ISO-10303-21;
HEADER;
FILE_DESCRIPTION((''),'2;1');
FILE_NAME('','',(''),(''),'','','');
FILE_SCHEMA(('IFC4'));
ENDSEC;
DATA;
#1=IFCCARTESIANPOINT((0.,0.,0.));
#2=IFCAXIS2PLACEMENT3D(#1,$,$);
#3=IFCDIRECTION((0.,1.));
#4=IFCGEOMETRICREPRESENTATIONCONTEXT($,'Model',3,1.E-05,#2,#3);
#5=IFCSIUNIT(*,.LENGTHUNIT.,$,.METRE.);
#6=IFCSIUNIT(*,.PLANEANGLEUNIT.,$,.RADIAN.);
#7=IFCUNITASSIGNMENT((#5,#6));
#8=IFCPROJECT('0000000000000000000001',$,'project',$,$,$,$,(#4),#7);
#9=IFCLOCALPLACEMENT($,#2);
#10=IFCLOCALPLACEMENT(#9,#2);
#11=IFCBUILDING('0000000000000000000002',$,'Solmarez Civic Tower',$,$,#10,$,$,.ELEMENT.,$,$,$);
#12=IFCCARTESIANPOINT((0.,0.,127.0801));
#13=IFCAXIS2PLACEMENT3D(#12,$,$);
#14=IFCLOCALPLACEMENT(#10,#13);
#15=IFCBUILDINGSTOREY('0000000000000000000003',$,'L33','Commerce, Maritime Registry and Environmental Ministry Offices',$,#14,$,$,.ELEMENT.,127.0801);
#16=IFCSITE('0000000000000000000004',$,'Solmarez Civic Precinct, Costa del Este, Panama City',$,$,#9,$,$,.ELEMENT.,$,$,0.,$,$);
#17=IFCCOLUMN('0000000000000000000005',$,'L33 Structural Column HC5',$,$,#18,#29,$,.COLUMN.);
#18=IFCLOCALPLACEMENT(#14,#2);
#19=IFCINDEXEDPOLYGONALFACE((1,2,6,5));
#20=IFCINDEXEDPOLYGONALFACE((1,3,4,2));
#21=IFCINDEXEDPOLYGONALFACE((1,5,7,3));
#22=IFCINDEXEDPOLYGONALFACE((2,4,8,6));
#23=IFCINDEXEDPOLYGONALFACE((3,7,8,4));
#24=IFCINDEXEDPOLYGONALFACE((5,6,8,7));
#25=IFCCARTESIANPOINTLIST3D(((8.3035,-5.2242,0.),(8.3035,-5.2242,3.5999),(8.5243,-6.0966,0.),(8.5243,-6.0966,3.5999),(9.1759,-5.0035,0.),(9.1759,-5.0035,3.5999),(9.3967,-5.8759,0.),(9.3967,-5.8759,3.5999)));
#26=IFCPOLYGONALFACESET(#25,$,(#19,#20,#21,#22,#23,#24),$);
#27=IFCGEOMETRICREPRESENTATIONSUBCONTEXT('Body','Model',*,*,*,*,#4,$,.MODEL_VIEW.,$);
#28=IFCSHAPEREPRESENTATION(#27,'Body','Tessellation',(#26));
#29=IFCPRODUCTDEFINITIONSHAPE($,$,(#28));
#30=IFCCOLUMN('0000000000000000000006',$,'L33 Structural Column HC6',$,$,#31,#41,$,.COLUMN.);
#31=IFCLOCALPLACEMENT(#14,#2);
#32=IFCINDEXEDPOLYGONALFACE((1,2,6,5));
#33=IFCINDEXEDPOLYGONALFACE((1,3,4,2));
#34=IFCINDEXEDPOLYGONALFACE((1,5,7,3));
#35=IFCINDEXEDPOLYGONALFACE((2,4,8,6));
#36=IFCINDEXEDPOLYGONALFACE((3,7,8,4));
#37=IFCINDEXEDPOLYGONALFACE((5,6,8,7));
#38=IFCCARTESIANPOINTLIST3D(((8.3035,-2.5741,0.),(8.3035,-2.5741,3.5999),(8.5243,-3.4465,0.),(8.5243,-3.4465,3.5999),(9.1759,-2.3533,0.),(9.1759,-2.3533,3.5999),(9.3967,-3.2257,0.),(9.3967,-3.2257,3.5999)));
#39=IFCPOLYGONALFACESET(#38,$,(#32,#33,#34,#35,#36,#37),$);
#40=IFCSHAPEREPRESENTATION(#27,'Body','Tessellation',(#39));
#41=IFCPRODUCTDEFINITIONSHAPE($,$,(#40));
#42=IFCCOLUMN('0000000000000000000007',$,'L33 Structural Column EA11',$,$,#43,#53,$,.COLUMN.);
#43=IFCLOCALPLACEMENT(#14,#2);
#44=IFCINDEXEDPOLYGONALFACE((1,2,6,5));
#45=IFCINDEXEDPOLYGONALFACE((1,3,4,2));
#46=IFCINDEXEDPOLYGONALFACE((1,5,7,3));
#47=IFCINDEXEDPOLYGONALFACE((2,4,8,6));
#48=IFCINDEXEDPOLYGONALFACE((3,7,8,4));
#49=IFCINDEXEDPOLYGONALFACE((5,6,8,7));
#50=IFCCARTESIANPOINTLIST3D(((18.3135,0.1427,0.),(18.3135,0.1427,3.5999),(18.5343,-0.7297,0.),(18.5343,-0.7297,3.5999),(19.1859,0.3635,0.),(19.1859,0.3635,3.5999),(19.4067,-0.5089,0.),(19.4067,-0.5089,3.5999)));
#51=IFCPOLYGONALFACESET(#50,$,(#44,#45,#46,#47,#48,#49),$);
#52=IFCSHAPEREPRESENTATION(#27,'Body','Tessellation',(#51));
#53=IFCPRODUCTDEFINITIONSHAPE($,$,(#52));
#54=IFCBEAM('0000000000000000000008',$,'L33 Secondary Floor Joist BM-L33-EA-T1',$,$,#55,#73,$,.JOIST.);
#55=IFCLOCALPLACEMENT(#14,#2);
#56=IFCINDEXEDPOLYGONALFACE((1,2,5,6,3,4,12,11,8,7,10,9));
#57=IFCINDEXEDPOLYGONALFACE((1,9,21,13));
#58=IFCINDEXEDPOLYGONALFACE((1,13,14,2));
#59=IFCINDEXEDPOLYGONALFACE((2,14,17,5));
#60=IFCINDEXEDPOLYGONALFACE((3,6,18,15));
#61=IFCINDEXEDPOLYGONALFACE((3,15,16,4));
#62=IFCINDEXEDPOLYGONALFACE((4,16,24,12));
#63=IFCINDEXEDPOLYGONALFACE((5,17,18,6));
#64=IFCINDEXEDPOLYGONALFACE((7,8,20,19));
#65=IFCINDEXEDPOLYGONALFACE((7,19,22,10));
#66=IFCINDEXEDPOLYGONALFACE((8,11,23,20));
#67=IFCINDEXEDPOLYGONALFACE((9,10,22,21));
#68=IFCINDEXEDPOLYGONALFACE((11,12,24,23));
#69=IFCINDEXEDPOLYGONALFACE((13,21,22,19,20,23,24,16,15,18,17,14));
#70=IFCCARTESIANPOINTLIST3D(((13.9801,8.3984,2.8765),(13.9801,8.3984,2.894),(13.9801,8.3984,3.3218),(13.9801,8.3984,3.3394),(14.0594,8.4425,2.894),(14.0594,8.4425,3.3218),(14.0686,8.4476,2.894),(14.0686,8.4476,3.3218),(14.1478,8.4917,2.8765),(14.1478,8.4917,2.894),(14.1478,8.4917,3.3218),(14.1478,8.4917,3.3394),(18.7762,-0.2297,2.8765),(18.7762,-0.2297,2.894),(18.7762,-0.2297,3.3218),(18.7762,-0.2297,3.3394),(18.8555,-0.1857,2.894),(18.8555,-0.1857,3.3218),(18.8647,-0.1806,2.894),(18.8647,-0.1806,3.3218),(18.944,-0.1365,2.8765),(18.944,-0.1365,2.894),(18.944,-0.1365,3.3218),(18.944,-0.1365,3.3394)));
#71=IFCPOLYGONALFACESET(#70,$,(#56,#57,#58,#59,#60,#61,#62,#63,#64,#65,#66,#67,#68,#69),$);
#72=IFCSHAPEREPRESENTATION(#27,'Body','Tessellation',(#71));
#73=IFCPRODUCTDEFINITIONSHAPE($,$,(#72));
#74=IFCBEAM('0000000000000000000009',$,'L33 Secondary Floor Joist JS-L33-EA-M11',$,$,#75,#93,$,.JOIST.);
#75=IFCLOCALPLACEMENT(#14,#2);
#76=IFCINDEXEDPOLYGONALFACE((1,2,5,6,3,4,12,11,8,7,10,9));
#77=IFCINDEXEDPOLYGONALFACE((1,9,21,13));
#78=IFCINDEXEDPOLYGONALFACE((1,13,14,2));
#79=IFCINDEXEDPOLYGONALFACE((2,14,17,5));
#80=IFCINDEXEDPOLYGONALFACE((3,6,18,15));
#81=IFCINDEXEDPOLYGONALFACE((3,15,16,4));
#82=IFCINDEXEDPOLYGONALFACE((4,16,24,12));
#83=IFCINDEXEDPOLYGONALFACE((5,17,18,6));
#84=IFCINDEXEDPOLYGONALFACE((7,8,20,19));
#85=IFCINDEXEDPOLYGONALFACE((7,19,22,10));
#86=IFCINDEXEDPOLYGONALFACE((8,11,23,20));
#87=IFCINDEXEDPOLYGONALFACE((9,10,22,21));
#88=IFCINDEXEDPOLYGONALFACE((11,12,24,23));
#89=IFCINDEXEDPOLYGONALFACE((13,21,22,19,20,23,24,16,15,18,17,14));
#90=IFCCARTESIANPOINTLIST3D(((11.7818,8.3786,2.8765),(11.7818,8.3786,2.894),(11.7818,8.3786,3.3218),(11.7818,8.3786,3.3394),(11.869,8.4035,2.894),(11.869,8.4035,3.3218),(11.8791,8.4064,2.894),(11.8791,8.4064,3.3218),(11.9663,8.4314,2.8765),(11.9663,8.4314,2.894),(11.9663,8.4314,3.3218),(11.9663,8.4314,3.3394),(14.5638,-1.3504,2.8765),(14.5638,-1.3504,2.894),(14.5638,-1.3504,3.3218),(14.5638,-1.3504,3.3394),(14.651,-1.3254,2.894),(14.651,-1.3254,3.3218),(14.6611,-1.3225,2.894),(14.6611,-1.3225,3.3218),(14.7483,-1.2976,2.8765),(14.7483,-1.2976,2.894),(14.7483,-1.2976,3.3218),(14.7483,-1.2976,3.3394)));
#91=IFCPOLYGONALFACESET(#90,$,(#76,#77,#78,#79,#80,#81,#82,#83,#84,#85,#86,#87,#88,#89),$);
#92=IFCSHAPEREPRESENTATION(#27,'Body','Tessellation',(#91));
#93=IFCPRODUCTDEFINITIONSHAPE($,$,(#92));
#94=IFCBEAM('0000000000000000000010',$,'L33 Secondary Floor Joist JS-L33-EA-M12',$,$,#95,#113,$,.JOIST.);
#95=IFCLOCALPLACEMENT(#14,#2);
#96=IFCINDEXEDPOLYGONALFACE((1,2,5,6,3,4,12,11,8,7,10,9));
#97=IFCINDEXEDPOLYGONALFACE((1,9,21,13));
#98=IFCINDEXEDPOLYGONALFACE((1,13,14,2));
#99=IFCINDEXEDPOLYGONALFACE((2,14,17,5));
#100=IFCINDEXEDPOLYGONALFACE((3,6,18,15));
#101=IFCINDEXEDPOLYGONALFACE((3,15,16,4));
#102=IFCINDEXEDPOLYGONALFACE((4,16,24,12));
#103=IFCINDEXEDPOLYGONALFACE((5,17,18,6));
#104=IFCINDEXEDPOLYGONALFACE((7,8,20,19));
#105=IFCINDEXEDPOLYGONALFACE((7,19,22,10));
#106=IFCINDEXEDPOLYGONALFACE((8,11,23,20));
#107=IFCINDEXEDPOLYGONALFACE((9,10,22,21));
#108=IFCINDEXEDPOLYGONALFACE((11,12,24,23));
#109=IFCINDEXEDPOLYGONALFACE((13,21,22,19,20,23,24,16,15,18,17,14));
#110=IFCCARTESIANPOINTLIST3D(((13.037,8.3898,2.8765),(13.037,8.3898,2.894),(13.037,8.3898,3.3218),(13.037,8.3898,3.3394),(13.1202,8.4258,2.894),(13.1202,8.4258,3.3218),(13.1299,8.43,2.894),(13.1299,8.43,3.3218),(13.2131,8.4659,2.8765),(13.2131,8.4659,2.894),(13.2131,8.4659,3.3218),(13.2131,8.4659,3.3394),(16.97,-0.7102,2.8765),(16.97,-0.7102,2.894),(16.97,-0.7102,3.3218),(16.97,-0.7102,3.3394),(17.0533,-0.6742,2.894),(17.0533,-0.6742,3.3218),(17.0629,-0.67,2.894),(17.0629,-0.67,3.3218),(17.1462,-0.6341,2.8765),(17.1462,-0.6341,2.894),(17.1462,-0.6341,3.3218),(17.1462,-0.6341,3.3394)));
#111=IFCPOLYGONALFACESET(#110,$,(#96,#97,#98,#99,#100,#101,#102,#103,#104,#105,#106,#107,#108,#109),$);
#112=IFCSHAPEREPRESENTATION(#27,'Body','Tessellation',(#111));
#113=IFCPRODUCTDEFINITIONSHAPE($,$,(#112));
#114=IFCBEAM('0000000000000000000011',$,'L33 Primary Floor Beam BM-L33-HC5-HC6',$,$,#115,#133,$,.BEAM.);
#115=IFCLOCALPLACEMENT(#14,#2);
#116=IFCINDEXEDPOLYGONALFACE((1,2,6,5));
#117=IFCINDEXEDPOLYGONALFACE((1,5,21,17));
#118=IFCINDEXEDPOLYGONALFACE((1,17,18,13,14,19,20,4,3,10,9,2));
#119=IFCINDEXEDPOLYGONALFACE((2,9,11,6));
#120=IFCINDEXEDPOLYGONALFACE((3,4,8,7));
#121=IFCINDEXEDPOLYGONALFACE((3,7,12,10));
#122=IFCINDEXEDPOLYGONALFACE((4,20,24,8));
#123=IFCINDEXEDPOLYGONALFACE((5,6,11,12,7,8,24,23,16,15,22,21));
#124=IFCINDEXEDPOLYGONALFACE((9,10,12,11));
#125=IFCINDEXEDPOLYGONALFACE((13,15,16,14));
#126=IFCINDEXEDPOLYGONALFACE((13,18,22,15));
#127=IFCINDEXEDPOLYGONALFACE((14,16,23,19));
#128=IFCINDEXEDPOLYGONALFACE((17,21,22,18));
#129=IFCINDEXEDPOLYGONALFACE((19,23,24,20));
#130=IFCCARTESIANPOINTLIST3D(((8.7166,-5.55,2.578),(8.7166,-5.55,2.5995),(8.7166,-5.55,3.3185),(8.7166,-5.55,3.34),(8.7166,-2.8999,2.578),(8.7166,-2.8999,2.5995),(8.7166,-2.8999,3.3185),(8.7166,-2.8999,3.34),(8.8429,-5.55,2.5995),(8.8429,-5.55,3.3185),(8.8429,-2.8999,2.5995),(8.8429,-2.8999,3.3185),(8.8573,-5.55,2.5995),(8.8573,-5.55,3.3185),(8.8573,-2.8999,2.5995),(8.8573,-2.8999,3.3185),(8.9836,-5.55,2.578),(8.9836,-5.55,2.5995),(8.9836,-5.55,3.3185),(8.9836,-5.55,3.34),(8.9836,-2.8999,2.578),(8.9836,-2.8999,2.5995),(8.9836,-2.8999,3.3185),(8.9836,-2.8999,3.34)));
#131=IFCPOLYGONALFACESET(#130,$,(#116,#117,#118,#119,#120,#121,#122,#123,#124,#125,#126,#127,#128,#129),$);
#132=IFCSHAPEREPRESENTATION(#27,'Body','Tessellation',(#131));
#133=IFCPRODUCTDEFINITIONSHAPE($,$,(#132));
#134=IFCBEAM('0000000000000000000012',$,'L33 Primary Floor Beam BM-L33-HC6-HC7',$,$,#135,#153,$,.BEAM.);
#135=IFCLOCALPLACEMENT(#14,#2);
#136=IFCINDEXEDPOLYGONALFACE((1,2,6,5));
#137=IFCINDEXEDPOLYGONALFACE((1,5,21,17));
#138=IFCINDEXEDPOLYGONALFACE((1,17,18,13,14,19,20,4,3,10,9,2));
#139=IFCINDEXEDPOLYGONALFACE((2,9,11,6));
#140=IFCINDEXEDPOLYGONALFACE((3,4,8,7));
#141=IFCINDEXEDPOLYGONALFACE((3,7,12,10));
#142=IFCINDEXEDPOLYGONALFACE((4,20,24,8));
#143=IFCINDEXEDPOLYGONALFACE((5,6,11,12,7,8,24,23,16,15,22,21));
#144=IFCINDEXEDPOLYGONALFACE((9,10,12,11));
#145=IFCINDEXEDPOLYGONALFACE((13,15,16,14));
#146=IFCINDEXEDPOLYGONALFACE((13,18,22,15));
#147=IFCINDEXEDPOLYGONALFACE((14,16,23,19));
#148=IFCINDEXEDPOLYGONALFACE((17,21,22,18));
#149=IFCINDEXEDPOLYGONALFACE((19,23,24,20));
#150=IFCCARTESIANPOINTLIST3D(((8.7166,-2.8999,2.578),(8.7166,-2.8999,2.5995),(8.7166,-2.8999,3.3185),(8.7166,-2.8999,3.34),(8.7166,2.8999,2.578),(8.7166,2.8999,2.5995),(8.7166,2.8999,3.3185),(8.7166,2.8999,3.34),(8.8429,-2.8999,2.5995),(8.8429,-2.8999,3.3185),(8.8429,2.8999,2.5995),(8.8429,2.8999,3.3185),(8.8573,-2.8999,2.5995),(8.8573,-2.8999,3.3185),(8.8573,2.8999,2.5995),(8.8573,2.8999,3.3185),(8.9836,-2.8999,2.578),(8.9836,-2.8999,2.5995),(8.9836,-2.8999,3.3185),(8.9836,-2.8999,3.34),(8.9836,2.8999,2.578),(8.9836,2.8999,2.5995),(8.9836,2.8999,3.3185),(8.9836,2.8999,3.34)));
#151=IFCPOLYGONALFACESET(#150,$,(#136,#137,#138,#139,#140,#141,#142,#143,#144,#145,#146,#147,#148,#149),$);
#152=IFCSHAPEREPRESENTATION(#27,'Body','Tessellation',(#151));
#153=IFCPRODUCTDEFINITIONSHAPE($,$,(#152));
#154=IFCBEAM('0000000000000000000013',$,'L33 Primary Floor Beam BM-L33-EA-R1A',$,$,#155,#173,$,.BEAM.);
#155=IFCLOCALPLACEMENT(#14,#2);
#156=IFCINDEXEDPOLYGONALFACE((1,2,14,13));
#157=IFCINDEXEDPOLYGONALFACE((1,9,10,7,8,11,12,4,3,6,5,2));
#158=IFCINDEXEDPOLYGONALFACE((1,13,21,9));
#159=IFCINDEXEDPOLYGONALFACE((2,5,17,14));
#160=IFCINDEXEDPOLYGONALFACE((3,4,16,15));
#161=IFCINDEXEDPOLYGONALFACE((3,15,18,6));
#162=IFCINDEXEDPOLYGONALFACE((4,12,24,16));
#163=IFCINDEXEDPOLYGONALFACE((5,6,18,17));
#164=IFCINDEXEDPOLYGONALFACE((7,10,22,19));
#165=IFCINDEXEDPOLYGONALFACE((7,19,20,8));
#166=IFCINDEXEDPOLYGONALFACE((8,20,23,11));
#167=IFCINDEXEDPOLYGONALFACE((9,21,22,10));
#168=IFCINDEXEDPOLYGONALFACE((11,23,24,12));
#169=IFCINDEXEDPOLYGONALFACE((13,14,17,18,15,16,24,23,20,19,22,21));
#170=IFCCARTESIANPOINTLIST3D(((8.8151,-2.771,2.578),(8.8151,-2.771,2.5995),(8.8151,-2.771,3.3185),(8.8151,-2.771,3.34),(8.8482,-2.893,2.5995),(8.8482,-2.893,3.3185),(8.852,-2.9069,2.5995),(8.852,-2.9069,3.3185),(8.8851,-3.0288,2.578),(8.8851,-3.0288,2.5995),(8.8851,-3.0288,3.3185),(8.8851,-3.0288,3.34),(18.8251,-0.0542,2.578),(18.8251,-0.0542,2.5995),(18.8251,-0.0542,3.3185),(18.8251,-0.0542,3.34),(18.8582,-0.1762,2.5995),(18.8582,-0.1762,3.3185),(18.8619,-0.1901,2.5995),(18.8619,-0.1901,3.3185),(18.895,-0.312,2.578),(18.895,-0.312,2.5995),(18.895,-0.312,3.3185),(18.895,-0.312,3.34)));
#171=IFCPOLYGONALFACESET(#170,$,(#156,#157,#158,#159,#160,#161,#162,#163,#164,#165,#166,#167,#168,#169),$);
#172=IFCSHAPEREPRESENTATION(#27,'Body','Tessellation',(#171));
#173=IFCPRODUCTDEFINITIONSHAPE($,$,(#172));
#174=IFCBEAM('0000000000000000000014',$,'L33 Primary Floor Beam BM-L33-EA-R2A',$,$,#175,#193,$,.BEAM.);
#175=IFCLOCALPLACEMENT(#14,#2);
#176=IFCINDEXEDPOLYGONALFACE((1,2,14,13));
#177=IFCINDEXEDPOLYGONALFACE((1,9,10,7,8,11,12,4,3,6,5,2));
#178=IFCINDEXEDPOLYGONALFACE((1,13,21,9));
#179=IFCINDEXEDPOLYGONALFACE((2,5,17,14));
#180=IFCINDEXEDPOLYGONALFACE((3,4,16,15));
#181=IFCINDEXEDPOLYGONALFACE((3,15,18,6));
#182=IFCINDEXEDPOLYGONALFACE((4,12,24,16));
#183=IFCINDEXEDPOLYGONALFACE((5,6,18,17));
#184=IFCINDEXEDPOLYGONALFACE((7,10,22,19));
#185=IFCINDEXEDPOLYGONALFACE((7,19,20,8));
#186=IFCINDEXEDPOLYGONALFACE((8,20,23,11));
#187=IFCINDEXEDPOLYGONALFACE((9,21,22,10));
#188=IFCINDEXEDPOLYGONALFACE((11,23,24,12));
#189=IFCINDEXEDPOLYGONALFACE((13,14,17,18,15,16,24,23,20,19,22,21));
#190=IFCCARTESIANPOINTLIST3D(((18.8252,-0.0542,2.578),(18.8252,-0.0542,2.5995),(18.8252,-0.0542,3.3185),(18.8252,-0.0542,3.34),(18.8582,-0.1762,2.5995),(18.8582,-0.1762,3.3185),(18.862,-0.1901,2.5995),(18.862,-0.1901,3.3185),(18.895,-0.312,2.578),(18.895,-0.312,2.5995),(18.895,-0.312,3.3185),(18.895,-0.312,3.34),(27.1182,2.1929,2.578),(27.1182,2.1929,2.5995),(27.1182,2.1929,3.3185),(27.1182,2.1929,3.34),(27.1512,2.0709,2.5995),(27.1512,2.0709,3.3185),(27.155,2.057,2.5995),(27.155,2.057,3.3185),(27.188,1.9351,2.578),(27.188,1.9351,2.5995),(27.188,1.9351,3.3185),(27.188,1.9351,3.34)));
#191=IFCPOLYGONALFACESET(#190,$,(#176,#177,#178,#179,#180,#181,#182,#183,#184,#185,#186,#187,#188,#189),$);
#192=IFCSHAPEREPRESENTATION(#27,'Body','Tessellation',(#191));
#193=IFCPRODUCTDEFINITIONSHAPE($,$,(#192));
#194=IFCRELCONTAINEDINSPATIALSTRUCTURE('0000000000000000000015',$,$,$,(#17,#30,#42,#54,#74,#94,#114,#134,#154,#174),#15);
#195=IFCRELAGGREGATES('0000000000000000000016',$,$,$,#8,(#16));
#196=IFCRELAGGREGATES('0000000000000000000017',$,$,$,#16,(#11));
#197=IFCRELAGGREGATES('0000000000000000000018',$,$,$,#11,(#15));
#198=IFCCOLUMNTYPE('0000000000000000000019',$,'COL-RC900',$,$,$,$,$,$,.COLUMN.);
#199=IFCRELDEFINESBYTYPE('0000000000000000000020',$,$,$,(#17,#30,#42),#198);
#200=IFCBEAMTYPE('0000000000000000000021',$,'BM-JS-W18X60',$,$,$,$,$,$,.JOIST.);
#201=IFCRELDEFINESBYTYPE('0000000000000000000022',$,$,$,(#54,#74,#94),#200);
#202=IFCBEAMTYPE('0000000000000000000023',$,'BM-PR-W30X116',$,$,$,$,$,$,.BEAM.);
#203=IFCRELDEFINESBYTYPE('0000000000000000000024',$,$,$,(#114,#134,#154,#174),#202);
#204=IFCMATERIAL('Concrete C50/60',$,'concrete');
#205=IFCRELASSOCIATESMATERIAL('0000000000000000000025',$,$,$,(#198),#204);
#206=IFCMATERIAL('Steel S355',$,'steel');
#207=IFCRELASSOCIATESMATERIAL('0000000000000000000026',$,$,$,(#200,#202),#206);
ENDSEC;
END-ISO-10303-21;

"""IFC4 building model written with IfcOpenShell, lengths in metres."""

from ifc_helpers import new_model, si_unit, direction, frame, origin, origin_2d, place, context, subcontext, project, spatial, rectangle, i_section, extrude, material, material_profile, profile_set, type_object, element, save


model = new_model("IFC4")

# Units and contexts
model_context = context("Model", 3, precision=1e-05, world=origin(), true_north=direction((0.0, 1.0)))
body_context = subcontext(model_context, "Body", "Model", "MODEL_VIEW")
ifc_project = project(units=[si_unit("LENGTHUNIT", "METRE"), si_unit("PLANEANGLEUNIT", "RADIAN")], contexts=[model_context])

# Site, building, storey
site_placement = place(None, origin())
site = spatial("IfcSite", under=ifc_project, at=site_placement, Name="Solmarez Civic Precinct, Costa del Este, Panama City", CompositionType="ELEMENT", RefElevation=0.0)
building_placement = place(site_placement, origin())
building = spatial("IfcBuilding", under=site, at=building_placement, Name="Solmarez Civic Tower", CompositionType="ELEMENT")
storey_placement = place(building_placement, frame((0.0, 0.0, 127.0801)))
storey = spatial("IfcBuildingStorey", under=building, at=storey_placement, Name="L33", Description="Commerce, Maritime Registry and Environmental Ministry Offices", CompositionType="ELEMENT", Elevation=127.0801)

# Columns
ifc_material_1 = material(Name="Concrete C50/60", Category="concrete")
ifc_material_profile_1 = material_profile(ifc_material_1, rectangle(XDim=0.8999, YDim=0.8999, at=origin_2d()), Name="RC900X900")
ifc_profile_set_1 = profile_set([ifc_material_profile_1], Name="Concrete C50/60")
column_type = type_object("IfcColumnType", Name="COL-RC900", PredefinedType="COLUMN", material=ifc_profile_set_1)
for number, where, z_axis, x_axis, name in (
    (1, (8.8501, -5.55, 0.0), (0.0, 0.0, 1.0), (0.969445, 0.245307, 0.0), "L33 Structural Column HC5"),
    (2, (8.8501, -2.8999, 0.0), (0.0, 0.0, 1.0), (0.969445, 0.245307, 0.0), "L33 Structural Column HC6"),
    (3, (18.8601, -0.1831, 0.0), (0.0, 0.0, 1.0), (0.969445, 0.245307, 0.0), "L33 Structural Column EA11"),
):
    element("IfcColumn", number, at=place(storey_placement, frame(where, z_axis=z_axis, x_axis=x_axis)), inside=storey, type_object=column_type, Name=name, PredefinedType="COLUMN", context=body_context, shape_type="SweptSolid", body=[
        extrude(rectangle(XDim=0.8999, YDim=0.8999, at=origin_2d()), origin(), (0.0, 0.0, 1.0), 3.5999),
    ])

# Beams
ifc_material_2 = material(Name="Steel S355", Category="steel")
ifc_material_profile_2 = material_profile(ifc_material_2, i_section(OverallWidth=0.1919, OverallDepth=0.4629, WebThickness=0.0105, FlangeThickness=0.0176, at=origin_2d()), Name="W18X60")
ifc_profile_set_2 = profile_set([ifc_material_profile_2], Name="Steel S355")
beam_type_1 = type_object("IfcBeamType", Name="BM-JS-W18X60", PredefinedType="JOIST", material=ifc_profile_set_2)
beam_1_placement = place(storey_placement, frame((18.8601, -0.1831, 3.1079), z_axis=(-0.485853, 0.874041, 0.0), x_axis=(-0.874041, -0.485853, 0.0)))
element("IfcBeam", 4, at=beam_1_placement, inside=storey, type_object=beam_type_1, Name="L33 Secondary Floor Joist BM-L33-EA-T1", PredefinedType="JOIST", context=body_context, shape_type="SweptSolid", body=[
    extrude(i_section(OverallWidth=0.1919, OverallDepth=0.4629, WebThickness=0.0105, FlangeThickness=0.0176, at=origin_2d()), origin(), (0.0, 0.0, 1.0), 9.8716),
])
beam_2_placement = place(storey_placement, frame((14.656, -1.324, 3.1079), z_axis=(-0.274928, 0.961465, 0.0), x_axis=(-0.961465, -0.274928, 0.0)))
element("IfcBeam", 5, at=beam_2_placement, inside=storey, type_object=beam_type_1, Name="L33 Secondary Floor Joist JS-L33-EA-M11", PredefinedType="JOIST", context=body_context, shape_type="SweptSolid", body=[
    extrude(i_section(OverallWidth=0.1919, OverallDepth=0.4629, WebThickness=0.0105, FlangeThickness=0.0176, at=origin_2d()), origin(), (0.0, 0.0, 1.0), 10.1189),
])
beam_3_placement = place(storey_placement, frame((17.0581, -0.6721, 3.1079), z_axis=(-0.396735, 0.917933, 0.0), x_axis=(-0.917933, -0.396735, 0.0)))
element("IfcBeam", 6, at=beam_3_placement, inside=storey, type_object=beam_type_1, Name="L33 Secondary Floor Joist JS-L33-EA-M12", PredefinedType="JOIST", context=body_context, shape_type="SweptSolid", body=[
    extrude(i_section(OverallWidth=0.1919, OverallDepth=0.4629, WebThickness=0.0105, FlangeThickness=0.0176, at=origin_2d()), origin(), (0.0, 0.0, 1.0), 9.9136),
])
ifc_material_profile_3 = material_profile(ifc_material_2, i_section(OverallWidth=0.2671, OverallDepth=0.762, WebThickness=0.0144, FlangeThickness=0.0215, at=origin_2d()), Name="W30X116")
ifc_profile_set_3 = profile_set([ifc_material_profile_3], Name="Steel S355")
beam_type_2 = type_object("IfcBeamType", Name="BM-PR-W30X116", PredefinedType="BEAM", material=ifc_profile_set_3)
beam_4_placement = place(storey_placement, frame((8.8501, -5.55, 2.959), z_axis=(0.0, 1.0, 0.0), x_axis=(-1.0, 0.0, 0.0)))
element("IfcBeam", 7, at=beam_4_placement, inside=storey, type_object=beam_type_2, Name="L33 Primary Floor Beam BM-L33-HC5-HC6", PredefinedType="BEAM", context=body_context, shape_type="SweptSolid", body=[
    extrude(i_section(OverallWidth=0.2671, OverallDepth=0.762, WebThickness=0.0144, FlangeThickness=0.0215, at=origin_2d()), origin(), (0.0, 0.0, 1.0), 2.6501),
])
beam_5_placement = place(storey_placement, frame((8.8501, -2.8999, 2.959), z_axis=(0.0, 1.0, 0.0), x_axis=(-1.0, 0.0, 0.0)))
element("IfcBeam", 8, at=beam_5_placement, inside=storey, type_object=beam_type_2, Name="L33 Primary Floor Beam BM-L33-HC6-HC7", PredefinedType="BEAM", context=body_context, shape_type="SweptSolid", body=[
    extrude(i_section(OverallWidth=0.2671, OverallDepth=0.762, WebThickness=0.0144, FlangeThickness=0.0215, at=origin_2d()), origin(), (0.0, 0.0, 1.0), 5.7998),
])
beam_6_placement = place(storey_placement, frame((8.8501, -2.8999, 2.959), z_axis=(0.965086, 0.261932, 0.0), x_axis=(-0.261932, 0.965086, 0.0)))
element("IfcBeam", 9, at=beam_6_placement, inside=storey, type_object=beam_type_2, Name="L33 Primary Floor Beam BM-L33-EA-R1A", PredefinedType="BEAM", context=body_context, shape_type="SweptSolid", body=[
    extrude(i_section(OverallWidth=0.2671, OverallDepth=0.762, WebThickness=0.0144, FlangeThickness=0.0215, at=origin_2d()), origin(), (0.0, 0.0, 1.0), 10.3721),
])
beam_7_placement = place(storey_placement, frame((18.8601, -0.1831, 2.959), z_axis=(0.965195, 0.26153, 0.0), x_axis=(-0.26153, 0.965195, 0.0)))
element("IfcBeam", 10, at=beam_7_placement, inside=storey, type_object=beam_type_2, Name="L33 Primary Floor Beam BM-L33-EA-R2A", PredefinedType="BEAM", context=body_context, shape_type="SweptSolid", body=[
    extrude(i_section(OverallWidth=0.2671, OverallDepth=0.762, WebThickness=0.0144, FlangeThickness=0.0215, at=origin_2d()), origin(), (0.0, 0.0, 1.0), 8.592),
])

save(model, "model.ifc")
